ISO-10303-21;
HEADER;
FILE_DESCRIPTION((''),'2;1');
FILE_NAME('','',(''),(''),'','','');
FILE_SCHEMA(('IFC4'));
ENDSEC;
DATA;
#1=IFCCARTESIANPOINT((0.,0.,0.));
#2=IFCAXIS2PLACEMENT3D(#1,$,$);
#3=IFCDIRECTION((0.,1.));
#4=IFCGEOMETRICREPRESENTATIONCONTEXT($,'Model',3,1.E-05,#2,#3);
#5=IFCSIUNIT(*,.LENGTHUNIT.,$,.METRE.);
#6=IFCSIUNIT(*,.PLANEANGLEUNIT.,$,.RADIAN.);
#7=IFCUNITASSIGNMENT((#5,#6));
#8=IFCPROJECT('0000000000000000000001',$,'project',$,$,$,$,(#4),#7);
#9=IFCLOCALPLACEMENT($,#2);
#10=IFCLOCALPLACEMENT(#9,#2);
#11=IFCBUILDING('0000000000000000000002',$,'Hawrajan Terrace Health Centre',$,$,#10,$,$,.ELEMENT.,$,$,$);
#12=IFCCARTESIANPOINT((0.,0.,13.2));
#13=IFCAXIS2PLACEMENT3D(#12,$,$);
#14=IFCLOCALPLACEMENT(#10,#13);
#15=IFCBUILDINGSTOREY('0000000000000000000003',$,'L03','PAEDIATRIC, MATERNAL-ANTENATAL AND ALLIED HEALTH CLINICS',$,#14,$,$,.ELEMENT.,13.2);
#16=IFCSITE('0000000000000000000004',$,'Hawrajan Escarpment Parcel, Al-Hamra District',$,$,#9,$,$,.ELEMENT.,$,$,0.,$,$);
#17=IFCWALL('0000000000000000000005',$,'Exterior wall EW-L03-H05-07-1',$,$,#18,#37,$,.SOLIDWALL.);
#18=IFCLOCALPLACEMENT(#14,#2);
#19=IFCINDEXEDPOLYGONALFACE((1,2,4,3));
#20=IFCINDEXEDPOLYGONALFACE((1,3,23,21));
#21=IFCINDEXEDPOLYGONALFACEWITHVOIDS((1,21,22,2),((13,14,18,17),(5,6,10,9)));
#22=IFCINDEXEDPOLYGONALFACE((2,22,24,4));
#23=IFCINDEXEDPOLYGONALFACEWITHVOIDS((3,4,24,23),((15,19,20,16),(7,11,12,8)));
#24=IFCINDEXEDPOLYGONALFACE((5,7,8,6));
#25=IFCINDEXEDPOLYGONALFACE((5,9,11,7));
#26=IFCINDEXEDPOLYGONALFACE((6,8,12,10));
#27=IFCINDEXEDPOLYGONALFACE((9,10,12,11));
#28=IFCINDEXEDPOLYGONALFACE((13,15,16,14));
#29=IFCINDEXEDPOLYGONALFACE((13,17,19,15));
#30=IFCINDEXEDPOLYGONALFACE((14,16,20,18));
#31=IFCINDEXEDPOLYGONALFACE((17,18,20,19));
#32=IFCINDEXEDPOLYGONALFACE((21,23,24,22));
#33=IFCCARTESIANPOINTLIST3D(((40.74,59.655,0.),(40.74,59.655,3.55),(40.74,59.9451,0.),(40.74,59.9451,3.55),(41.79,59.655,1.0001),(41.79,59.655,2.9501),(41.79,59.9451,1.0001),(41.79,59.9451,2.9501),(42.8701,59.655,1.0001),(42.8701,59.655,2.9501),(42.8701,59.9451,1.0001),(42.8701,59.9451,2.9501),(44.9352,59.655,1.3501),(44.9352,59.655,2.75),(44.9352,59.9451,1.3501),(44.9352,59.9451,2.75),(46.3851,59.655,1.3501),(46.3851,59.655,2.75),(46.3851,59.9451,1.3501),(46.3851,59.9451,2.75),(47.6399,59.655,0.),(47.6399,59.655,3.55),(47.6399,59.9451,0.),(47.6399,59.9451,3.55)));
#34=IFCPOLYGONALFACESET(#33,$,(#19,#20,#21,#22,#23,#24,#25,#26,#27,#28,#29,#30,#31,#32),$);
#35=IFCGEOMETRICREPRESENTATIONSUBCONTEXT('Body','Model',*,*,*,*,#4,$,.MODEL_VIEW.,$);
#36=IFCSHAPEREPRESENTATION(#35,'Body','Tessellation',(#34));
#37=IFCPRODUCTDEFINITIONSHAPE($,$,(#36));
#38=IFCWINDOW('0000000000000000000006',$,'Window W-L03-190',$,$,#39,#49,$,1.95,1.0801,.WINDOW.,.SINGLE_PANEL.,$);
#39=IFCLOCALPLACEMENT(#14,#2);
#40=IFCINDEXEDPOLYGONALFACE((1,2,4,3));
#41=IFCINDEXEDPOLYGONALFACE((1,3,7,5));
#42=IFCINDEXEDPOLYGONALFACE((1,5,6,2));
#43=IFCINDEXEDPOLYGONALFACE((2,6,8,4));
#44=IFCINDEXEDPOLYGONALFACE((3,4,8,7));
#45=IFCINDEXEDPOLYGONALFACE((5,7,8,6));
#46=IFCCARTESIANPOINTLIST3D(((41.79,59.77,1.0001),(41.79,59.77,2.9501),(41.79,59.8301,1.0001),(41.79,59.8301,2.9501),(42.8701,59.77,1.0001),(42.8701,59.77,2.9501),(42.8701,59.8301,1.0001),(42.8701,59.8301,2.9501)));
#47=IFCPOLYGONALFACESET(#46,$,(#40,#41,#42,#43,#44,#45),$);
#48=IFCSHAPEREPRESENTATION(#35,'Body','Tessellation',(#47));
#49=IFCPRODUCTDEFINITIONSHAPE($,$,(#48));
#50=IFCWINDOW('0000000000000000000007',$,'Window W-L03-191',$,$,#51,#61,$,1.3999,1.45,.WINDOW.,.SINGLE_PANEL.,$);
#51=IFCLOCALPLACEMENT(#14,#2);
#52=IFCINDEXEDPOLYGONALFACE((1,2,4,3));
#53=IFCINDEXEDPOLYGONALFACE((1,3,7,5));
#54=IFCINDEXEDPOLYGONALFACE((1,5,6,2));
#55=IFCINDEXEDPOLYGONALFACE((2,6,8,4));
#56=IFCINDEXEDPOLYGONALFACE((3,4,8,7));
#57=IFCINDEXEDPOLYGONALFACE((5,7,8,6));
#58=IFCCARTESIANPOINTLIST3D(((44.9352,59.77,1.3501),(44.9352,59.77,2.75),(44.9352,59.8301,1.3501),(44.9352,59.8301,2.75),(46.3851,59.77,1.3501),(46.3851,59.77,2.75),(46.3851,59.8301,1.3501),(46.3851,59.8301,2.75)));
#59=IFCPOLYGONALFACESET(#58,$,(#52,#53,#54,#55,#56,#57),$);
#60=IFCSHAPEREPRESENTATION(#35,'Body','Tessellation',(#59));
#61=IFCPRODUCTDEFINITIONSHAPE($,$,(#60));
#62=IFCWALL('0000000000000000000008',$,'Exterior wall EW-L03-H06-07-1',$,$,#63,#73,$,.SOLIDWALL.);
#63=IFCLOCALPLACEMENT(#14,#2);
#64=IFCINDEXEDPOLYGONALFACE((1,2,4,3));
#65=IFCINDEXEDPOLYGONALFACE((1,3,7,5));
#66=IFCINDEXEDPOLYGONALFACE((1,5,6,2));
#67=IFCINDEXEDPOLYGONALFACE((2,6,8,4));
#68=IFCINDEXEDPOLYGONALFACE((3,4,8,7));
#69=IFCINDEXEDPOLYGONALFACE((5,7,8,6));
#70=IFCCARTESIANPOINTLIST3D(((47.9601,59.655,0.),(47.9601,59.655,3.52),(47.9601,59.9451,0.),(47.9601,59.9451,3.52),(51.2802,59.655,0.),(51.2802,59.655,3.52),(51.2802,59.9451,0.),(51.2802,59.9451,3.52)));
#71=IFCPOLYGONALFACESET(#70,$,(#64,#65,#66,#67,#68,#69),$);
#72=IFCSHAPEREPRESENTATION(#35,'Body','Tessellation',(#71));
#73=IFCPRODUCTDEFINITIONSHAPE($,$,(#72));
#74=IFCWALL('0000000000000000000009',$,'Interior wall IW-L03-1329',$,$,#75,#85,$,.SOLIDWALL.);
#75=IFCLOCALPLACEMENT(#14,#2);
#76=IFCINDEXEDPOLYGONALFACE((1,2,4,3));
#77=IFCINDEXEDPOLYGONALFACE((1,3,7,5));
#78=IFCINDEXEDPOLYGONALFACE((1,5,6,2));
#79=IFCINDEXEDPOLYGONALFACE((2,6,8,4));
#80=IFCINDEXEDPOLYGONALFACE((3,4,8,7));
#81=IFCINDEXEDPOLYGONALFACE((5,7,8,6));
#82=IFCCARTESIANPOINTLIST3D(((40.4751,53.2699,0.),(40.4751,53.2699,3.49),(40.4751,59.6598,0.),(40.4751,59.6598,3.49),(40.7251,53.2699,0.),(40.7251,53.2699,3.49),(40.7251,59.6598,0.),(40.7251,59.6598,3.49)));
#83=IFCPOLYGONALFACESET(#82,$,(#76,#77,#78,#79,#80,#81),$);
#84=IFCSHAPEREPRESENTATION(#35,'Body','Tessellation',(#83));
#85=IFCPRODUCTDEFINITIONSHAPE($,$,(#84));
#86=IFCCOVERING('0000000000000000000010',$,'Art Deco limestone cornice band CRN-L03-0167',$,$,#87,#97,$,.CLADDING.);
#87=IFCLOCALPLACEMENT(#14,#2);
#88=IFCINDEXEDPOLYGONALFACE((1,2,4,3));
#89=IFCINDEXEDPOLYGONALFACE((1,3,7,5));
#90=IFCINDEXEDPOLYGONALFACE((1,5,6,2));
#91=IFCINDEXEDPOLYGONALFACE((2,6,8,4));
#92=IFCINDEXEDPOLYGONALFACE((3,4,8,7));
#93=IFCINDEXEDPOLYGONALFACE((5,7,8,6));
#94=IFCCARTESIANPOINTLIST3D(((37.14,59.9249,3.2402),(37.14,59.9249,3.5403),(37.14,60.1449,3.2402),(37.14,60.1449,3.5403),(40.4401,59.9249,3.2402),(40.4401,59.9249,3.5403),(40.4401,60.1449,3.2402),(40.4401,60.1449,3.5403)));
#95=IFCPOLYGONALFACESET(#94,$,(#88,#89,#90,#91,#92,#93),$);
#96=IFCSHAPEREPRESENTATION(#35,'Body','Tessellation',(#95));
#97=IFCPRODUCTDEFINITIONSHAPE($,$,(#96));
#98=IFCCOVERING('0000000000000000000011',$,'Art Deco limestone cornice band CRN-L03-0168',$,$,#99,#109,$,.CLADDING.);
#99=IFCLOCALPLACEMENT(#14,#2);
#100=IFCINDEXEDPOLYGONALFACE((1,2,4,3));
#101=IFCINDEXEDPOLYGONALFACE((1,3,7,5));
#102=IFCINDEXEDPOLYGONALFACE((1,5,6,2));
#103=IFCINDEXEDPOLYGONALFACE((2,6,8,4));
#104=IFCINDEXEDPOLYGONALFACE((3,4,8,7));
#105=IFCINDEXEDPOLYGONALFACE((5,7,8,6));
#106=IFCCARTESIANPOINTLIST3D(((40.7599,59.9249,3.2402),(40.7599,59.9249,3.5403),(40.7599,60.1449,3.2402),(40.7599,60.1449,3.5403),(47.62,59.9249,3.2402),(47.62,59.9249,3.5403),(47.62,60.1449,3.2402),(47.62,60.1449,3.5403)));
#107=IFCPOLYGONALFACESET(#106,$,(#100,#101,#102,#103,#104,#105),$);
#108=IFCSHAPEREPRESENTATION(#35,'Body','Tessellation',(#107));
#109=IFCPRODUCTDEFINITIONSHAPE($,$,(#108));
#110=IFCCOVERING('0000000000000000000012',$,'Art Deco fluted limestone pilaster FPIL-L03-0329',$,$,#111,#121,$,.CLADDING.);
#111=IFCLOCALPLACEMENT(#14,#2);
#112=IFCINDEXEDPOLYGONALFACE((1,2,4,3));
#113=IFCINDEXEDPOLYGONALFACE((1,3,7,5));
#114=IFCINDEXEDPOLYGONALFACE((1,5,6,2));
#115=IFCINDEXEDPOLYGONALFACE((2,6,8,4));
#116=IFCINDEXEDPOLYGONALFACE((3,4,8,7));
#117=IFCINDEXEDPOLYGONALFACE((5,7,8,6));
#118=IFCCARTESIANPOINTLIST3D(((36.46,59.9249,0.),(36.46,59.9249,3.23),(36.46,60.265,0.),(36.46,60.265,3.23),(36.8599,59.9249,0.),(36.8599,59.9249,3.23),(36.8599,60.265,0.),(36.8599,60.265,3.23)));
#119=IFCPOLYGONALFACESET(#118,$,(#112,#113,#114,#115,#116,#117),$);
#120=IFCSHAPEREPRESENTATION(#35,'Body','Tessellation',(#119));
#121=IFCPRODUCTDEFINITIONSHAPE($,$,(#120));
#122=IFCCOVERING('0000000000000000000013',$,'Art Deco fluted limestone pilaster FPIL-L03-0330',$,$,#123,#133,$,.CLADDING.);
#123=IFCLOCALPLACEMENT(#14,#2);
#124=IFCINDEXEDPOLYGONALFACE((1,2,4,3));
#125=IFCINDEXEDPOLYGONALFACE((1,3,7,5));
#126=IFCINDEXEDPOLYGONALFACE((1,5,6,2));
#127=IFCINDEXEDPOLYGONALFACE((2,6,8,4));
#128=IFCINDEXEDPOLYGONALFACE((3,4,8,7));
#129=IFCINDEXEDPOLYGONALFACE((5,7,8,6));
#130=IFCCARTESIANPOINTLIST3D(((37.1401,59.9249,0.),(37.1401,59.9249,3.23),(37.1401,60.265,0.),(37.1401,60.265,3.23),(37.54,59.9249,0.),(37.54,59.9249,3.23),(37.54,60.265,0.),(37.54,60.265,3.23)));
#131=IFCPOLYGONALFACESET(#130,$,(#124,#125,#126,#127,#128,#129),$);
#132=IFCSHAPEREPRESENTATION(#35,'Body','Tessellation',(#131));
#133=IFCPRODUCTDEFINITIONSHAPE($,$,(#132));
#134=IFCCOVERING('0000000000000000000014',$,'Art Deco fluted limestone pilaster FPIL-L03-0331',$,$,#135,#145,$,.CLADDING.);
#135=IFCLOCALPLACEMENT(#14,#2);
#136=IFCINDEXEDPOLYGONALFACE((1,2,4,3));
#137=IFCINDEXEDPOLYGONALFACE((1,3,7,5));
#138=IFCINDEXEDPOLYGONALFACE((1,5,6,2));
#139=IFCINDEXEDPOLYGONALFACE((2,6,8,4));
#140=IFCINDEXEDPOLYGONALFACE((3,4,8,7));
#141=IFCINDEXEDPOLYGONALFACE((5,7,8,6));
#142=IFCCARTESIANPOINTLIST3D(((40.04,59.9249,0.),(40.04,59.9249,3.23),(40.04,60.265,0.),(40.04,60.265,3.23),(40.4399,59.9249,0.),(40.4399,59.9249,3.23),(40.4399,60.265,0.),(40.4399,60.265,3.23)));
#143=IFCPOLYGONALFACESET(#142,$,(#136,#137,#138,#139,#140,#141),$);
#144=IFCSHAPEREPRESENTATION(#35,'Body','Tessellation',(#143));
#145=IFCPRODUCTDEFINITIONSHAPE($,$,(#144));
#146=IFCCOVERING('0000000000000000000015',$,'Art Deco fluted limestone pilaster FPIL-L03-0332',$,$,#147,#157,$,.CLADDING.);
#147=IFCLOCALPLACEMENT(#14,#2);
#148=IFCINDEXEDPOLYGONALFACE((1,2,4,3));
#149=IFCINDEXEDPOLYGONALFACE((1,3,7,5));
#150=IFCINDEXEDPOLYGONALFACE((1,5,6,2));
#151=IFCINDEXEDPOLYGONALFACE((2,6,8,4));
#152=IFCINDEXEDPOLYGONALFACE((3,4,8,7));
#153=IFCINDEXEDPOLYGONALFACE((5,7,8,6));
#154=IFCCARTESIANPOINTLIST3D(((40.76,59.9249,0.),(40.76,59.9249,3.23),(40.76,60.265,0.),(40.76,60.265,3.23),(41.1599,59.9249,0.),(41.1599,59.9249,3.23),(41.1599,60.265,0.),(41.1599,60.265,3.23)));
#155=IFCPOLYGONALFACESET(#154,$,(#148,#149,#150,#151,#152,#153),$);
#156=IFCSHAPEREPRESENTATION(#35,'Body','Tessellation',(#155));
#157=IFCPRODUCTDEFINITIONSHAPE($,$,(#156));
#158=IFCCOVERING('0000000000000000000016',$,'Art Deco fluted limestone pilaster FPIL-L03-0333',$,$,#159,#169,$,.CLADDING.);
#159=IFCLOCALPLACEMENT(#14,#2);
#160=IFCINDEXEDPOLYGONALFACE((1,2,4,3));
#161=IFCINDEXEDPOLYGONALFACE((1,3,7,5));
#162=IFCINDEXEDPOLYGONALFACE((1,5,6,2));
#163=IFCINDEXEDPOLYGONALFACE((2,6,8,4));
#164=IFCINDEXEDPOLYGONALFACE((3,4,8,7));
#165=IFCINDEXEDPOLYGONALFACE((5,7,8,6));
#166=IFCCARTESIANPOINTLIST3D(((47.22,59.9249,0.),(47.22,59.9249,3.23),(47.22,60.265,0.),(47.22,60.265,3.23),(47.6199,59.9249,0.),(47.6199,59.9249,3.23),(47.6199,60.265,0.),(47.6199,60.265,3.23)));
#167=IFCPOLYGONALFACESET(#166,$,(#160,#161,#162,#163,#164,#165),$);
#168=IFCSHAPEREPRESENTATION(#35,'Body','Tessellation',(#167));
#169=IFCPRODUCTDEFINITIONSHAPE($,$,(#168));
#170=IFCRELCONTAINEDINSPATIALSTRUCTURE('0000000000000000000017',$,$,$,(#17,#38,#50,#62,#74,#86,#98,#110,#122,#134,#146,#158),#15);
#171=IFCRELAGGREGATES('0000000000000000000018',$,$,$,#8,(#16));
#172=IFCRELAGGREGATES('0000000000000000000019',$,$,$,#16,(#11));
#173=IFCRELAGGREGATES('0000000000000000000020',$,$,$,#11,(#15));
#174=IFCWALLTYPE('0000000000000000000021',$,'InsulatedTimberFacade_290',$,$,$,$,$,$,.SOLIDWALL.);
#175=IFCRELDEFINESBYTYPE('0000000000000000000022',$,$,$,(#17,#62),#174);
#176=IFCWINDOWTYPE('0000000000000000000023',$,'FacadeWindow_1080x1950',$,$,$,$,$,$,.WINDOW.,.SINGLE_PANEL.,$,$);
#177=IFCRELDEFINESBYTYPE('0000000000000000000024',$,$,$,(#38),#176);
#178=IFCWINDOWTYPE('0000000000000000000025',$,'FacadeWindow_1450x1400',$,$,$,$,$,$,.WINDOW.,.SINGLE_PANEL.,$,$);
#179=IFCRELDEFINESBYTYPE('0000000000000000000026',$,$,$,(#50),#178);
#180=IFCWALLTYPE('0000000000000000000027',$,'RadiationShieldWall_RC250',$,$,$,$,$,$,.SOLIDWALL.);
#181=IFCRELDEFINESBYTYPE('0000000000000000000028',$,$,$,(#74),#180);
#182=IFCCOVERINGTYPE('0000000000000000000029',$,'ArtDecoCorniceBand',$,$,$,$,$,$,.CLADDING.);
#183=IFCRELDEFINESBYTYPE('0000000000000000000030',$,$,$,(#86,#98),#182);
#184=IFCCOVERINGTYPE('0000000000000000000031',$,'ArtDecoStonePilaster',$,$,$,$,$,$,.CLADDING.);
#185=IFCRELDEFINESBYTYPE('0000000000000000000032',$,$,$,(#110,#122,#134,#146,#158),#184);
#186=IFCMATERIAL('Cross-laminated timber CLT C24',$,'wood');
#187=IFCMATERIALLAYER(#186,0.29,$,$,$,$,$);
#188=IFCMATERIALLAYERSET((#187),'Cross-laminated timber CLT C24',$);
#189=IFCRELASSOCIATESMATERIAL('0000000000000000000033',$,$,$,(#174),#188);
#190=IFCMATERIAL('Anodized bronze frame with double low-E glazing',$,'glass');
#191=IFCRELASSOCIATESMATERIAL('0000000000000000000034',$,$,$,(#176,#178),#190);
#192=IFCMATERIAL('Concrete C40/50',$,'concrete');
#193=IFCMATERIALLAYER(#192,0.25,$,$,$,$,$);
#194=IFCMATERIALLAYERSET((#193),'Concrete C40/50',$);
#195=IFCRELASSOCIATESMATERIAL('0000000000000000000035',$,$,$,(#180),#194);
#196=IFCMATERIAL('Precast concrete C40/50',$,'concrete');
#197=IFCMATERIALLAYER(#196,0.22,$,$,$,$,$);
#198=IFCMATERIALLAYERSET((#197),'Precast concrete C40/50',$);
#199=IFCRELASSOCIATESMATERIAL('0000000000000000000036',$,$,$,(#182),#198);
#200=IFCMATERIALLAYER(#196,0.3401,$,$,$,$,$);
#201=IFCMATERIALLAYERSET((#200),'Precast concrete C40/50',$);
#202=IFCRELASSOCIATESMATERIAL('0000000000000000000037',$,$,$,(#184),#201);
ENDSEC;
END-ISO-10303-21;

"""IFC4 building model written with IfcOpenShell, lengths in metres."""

from ifc_helpers import new_model, si_unit, direction, frame, frame_2d, origin, origin_2d, place, context, subcontext, project, spatial, rectangle, extrude, material, layer, layer_set, type_object, element, fill, save


model = new_model("IFC4")

# Units and contexts
model_context = context("Model", 3, precision=1e-05, world=origin(), true_north=direction((0.0, 1.0)))
body_context = subcontext(model_context, "Body", "Model", "MODEL_VIEW")
ifc_project = project(units=[si_unit("LENGTHUNIT", "METRE"), si_unit("PLANEANGLEUNIT", "RADIAN")], contexts=[model_context])

# Site, building, storey
site_placement = place(None, origin())
site = spatial("IfcSite", under=ifc_project, at=site_placement, Name="Hawrajan Escarpment Parcel, Al-Hamra District", CompositionType="ELEMENT", RefElevation=0.0)
building_placement = place(site_placement, origin())
building = spatial("IfcBuilding", under=site, at=building_placement, Name="Hawrajan Terrace Health Centre", CompositionType="ELEMENT")
storey_placement = place(building_placement, frame((0.0, 0.0, 13.2)))
storey = spatial("IfcBuildingStorey", under=building, at=storey_placement, Name="L03", Description="PAEDIATRIC, MATERNAL-ANTENATAL AND ALLIED HEALTH CLINICS", CompositionType="ELEMENT", Elevation=13.2)

# Shared definitions
ifc_material_1 = material(Name="Cross-laminated timber CLT C24", Category="wood")

# Shared definitions
ifc_layer_1 = layer(ifc_material_1, 0.29)
ifc_layer_set_1 = layer_set([ifc_layer_1], Name="Cross-laminated timber CLT C24")
wall_type_1 = type_object("IfcWallType", Name="InsulatedTimberFacade_290", PredefinedType="SOLIDWALL", material=ifc_layer_set_1)
ifc_material_2 = material(Name="Anodized bronze frame with double low-E glazing", Category="glass")

# Wall, openings, windows
wall_1_placement = place(storey_placement, frame((40.74, 59.8, 0.0), z_axis=(0.0, 0.0, 1.0), x_axis=(1.0, 0.0, 0.0)))
wall_1 = element("IfcWall", 1, at=wall_1_placement, inside=storey, type_object=wall_type_1, Name="Exterior wall EW-L03-H05-07-1", PredefinedType="SOLIDWALL", context=body_context, shape_type="SweptSolid", body=[
    extrude(rectangle(XDim=6.8999, YDim=0.29, at=frame_2d((3.45, 0.0))), origin(), (0.0, 0.0, 1.0), 3.55),
])
opening_1_placement = place(wall_1_placement, frame((1.05, 0.0, 1.0)))
opening_1 = element("IfcOpeningElement", 2, at=opening_1_placement, cuts=wall_1, PredefinedType="OPENING", context=body_context, shape_type="SweptSolid", body=[
    extrude(rectangle(XDim=1.0801, YDim=1.95, at=frame_2d((0.54, 0.9751))), frame((0.0, 0.155, 0.0), z_axis=(0.0, -1.0, 0.0), x_axis=(1.0, 0.0, 0.0)), (0.0, 0.0, 1.0), 0.3101),
])
opening_2_placement = place(wall_1_placement, frame((4.1951, 0.0, 1.3501)))
opening_2 = element("IfcOpeningElement", 3, at=opening_2_placement, cuts=wall_1, PredefinedType="OPENING", context=body_context, shape_type="SweptSolid", body=[
    extrude(rectangle(XDim=1.45, YDim=1.3999, at=frame_2d((0.7251, 0.7))), frame((0.0, 0.155, 0.0), z_axis=(0.0, -1.0, 0.0), x_axis=(1.0, 0.0, 0.0)), (0.0, 0.0, 1.0), 0.3101),
])
window_type_1 = type_object("IfcWindowType", Name="FacadeWindow_1080x1950", PartitioningType="SINGLE_PANEL", PredefinedType="WINDOW", material=ifc_material_2)
window_1_placement = place(opening_1_placement, origin())
window_1 = element("IfcWindow", 4, at=window_1_placement, inside=storey, type_object=window_type_1, Name="Window W-L03-190", OverallHeight=1.95, OverallWidth=1.0801, PartitioningType="SINGLE_PANEL", PredefinedType="WINDOW", context=body_context, shape_type="SweptSolid", body=[
    extrude(rectangle(XDim=1.0801, YDim=1.95, at=frame_2d((0.54, 0.9751))), frame((0.0, 0.03, 0.0), z_axis=(0.0, -1.0, 0.0), x_axis=(1.0, 0.0, 0.0)), (0.0, 0.0, 1.0), 0.0601),
])
fill(opening_1, window_1)
window_type_2 = type_object("IfcWindowType", Name="FacadeWindow_1450x1400", PartitioningType="SINGLE_PANEL", PredefinedType="WINDOW", material=ifc_material_2)
window_2_placement = place(opening_2_placement, origin())
window_2 = element("IfcWindow", 5, at=window_2_placement, inside=storey, type_object=window_type_2, Name="Window W-L03-191", OverallHeight=1.3999, OverallWidth=1.45, PartitioningType="SINGLE_PANEL", PredefinedType="WINDOW", context=body_context, shape_type="SweptSolid", body=[
    extrude(rectangle(XDim=1.45, YDim=1.3999, at=frame_2d((0.7251, 0.7))), frame((0.0, 0.03, 0.0), z_axis=(0.0, -1.0, 0.0), x_axis=(1.0, 0.0, 0.0)), (0.0, 0.0, 1.0), 0.0601),
])
fill(opening_2, window_2)

# Walls
wall_2_placement = place(storey_placement, frame((47.96, 59.8, 0.0), z_axis=(0.0, 0.0, 1.0), x_axis=(1.0, 0.0, 0.0)))
element("IfcWall", 6, at=wall_2_placement, inside=storey, type_object=wall_type_1, Name="Exterior wall EW-L03-H06-07-1", PredefinedType="SOLIDWALL", context=body_context, shape_type="SweptSolid", body=[
    extrude(rectangle(XDim=3.3201, YDim=0.29, at=frame_2d((1.6602, 0.0))), origin(), (0.0, 0.0, 1.0), 3.52),
])
ifc_material_3 = material(Name="Concrete C40/50", Category="concrete")
ifc_layer_2 = layer(ifc_material_3, 0.25)
ifc_layer_set_2 = layer_set([ifc_layer_2], Name="Concrete C40/50")
wall_type_2 = type_object("IfcWallType", Name="RadiationShieldWall_RC250", PredefinedType="SOLIDWALL", material=ifc_layer_set_2)
wall_3_placement = place(storey_placement, frame((40.6001, 53.27, 0.0), z_axis=(0.0, 0.0, 1.0), x_axis=(0.0, 1.0, 0.0)))
element("IfcWall", 7, at=wall_3_placement, inside=storey, type_object=wall_type_2, Name="Interior wall IW-L03-1329", PredefinedType="SOLIDWALL", context=body_context, shape_type="SweptSolid", body=[
    extrude(rectangle(XDim=6.3899, YDim=0.25, at=frame_2d((3.1948, 0.0))), origin(), (0.0, 0.0, 1.0), 3.49),
])

# Coverings
ifc_material_4 = material(Name="Precast concrete C40/50", Category="concrete")
ifc_layer_3 = layer(ifc_material_4, 0.22)
ifc_layer_set_3 = layer_set([ifc_layer_3], Name="Precast concrete C40/50")
covering_type_1 = type_object("IfcCoveringType", Name="ArtDecoCorniceBand", PredefinedType="CLADDING", material=ifc_layer_set_3)
covering_1_placement = place(storey_placement, frame((38.79, 60.0349, 3.2402), z_axis=(0.0, 0.0, 1.0), x_axis=(1.0, 0.0, 0.0)))
element("IfcCovering", 8, at=covering_1_placement, inside=storey, type_object=covering_type_1, Name="Art Deco limestone cornice band CRN-L03-0167", PredefinedType="CLADDING", context=body_context, shape_type="SweptSolid", body=[
    extrude(rectangle(XDim=3.3, YDim=0.22, at=origin_2d()), origin(), (0.0, 0.0, 1.0), 0.3),
])
covering_2_placement = place(storey_placement, frame((44.1899, 60.0349, 3.2402), z_axis=(0.0, 0.0, 1.0), x_axis=(1.0, 0.0, 0.0)))
element("IfcCovering", 9, at=covering_2_placement, inside=storey, type_object=covering_type_1, Name="Art Deco limestone cornice band CRN-L03-0168", PredefinedType="CLADDING", context=body_context, shape_type="SweptSolid", body=[
    extrude(rectangle(XDim=6.8601, YDim=0.22, at=origin_2d()), origin(), (0.0, 0.0, 1.0), 0.3),
])
ifc_layer_4 = layer(ifc_material_4, 0.3401)
ifc_layer_set_4 = layer_set([ifc_layer_4], Name="Precast concrete C40/50")
covering_type_2 = type_object("IfcCoveringType", Name="ArtDecoStonePilaster", PredefinedType="CLADDING", material=ifc_layer_set_4)
for number, where, z_axis, x_axis, name in (
    (10, (36.6599, 60.095, 0.0), (0.0, 0.0, 1.0), (1.0, 0.0, 0.0), "Art Deco fluted limestone pilaster FPIL-L03-0329"),
    (11, (37.3401, 60.095, 0.0), (0.0, 0.0, 1.0), (1.0, 0.0, 0.0), "Art Deco fluted limestone pilaster FPIL-L03-0330"),
    (12, (40.24, 60.095, 0.0), (0.0, 0.0, 1.0), (1.0, 0.0, 0.0), "Art Deco fluted limestone pilaster FPIL-L03-0331"),
    (13, (40.96, 60.095, 0.0), (0.0, 0.0, 1.0), (1.0, 0.0, 0.0), "Art Deco fluted limestone pilaster FPIL-L03-0332"),
    (14, (47.4199, 60.095, 0.0), (0.0, 0.0, 1.0), (1.0, 0.0, 0.0), "Art Deco fluted limestone pilaster FPIL-L03-0333"),
):
    element("IfcCovering", number, at=place(storey_placement, frame(where, z_axis=z_axis, x_axis=x_axis)), inside=storey, type_object=covering_type_2, Name=name, PredefinedType="CLADDING", context=body_context, shape_type="SweptSolid", body=[
        extrude(rectangle(XDim=0.3999, YDim=0.3401, at=origin_2d()), origin(), (0.0, 0.0, 1.0), 3.23),
    ])

save(model, "model.ifc")
